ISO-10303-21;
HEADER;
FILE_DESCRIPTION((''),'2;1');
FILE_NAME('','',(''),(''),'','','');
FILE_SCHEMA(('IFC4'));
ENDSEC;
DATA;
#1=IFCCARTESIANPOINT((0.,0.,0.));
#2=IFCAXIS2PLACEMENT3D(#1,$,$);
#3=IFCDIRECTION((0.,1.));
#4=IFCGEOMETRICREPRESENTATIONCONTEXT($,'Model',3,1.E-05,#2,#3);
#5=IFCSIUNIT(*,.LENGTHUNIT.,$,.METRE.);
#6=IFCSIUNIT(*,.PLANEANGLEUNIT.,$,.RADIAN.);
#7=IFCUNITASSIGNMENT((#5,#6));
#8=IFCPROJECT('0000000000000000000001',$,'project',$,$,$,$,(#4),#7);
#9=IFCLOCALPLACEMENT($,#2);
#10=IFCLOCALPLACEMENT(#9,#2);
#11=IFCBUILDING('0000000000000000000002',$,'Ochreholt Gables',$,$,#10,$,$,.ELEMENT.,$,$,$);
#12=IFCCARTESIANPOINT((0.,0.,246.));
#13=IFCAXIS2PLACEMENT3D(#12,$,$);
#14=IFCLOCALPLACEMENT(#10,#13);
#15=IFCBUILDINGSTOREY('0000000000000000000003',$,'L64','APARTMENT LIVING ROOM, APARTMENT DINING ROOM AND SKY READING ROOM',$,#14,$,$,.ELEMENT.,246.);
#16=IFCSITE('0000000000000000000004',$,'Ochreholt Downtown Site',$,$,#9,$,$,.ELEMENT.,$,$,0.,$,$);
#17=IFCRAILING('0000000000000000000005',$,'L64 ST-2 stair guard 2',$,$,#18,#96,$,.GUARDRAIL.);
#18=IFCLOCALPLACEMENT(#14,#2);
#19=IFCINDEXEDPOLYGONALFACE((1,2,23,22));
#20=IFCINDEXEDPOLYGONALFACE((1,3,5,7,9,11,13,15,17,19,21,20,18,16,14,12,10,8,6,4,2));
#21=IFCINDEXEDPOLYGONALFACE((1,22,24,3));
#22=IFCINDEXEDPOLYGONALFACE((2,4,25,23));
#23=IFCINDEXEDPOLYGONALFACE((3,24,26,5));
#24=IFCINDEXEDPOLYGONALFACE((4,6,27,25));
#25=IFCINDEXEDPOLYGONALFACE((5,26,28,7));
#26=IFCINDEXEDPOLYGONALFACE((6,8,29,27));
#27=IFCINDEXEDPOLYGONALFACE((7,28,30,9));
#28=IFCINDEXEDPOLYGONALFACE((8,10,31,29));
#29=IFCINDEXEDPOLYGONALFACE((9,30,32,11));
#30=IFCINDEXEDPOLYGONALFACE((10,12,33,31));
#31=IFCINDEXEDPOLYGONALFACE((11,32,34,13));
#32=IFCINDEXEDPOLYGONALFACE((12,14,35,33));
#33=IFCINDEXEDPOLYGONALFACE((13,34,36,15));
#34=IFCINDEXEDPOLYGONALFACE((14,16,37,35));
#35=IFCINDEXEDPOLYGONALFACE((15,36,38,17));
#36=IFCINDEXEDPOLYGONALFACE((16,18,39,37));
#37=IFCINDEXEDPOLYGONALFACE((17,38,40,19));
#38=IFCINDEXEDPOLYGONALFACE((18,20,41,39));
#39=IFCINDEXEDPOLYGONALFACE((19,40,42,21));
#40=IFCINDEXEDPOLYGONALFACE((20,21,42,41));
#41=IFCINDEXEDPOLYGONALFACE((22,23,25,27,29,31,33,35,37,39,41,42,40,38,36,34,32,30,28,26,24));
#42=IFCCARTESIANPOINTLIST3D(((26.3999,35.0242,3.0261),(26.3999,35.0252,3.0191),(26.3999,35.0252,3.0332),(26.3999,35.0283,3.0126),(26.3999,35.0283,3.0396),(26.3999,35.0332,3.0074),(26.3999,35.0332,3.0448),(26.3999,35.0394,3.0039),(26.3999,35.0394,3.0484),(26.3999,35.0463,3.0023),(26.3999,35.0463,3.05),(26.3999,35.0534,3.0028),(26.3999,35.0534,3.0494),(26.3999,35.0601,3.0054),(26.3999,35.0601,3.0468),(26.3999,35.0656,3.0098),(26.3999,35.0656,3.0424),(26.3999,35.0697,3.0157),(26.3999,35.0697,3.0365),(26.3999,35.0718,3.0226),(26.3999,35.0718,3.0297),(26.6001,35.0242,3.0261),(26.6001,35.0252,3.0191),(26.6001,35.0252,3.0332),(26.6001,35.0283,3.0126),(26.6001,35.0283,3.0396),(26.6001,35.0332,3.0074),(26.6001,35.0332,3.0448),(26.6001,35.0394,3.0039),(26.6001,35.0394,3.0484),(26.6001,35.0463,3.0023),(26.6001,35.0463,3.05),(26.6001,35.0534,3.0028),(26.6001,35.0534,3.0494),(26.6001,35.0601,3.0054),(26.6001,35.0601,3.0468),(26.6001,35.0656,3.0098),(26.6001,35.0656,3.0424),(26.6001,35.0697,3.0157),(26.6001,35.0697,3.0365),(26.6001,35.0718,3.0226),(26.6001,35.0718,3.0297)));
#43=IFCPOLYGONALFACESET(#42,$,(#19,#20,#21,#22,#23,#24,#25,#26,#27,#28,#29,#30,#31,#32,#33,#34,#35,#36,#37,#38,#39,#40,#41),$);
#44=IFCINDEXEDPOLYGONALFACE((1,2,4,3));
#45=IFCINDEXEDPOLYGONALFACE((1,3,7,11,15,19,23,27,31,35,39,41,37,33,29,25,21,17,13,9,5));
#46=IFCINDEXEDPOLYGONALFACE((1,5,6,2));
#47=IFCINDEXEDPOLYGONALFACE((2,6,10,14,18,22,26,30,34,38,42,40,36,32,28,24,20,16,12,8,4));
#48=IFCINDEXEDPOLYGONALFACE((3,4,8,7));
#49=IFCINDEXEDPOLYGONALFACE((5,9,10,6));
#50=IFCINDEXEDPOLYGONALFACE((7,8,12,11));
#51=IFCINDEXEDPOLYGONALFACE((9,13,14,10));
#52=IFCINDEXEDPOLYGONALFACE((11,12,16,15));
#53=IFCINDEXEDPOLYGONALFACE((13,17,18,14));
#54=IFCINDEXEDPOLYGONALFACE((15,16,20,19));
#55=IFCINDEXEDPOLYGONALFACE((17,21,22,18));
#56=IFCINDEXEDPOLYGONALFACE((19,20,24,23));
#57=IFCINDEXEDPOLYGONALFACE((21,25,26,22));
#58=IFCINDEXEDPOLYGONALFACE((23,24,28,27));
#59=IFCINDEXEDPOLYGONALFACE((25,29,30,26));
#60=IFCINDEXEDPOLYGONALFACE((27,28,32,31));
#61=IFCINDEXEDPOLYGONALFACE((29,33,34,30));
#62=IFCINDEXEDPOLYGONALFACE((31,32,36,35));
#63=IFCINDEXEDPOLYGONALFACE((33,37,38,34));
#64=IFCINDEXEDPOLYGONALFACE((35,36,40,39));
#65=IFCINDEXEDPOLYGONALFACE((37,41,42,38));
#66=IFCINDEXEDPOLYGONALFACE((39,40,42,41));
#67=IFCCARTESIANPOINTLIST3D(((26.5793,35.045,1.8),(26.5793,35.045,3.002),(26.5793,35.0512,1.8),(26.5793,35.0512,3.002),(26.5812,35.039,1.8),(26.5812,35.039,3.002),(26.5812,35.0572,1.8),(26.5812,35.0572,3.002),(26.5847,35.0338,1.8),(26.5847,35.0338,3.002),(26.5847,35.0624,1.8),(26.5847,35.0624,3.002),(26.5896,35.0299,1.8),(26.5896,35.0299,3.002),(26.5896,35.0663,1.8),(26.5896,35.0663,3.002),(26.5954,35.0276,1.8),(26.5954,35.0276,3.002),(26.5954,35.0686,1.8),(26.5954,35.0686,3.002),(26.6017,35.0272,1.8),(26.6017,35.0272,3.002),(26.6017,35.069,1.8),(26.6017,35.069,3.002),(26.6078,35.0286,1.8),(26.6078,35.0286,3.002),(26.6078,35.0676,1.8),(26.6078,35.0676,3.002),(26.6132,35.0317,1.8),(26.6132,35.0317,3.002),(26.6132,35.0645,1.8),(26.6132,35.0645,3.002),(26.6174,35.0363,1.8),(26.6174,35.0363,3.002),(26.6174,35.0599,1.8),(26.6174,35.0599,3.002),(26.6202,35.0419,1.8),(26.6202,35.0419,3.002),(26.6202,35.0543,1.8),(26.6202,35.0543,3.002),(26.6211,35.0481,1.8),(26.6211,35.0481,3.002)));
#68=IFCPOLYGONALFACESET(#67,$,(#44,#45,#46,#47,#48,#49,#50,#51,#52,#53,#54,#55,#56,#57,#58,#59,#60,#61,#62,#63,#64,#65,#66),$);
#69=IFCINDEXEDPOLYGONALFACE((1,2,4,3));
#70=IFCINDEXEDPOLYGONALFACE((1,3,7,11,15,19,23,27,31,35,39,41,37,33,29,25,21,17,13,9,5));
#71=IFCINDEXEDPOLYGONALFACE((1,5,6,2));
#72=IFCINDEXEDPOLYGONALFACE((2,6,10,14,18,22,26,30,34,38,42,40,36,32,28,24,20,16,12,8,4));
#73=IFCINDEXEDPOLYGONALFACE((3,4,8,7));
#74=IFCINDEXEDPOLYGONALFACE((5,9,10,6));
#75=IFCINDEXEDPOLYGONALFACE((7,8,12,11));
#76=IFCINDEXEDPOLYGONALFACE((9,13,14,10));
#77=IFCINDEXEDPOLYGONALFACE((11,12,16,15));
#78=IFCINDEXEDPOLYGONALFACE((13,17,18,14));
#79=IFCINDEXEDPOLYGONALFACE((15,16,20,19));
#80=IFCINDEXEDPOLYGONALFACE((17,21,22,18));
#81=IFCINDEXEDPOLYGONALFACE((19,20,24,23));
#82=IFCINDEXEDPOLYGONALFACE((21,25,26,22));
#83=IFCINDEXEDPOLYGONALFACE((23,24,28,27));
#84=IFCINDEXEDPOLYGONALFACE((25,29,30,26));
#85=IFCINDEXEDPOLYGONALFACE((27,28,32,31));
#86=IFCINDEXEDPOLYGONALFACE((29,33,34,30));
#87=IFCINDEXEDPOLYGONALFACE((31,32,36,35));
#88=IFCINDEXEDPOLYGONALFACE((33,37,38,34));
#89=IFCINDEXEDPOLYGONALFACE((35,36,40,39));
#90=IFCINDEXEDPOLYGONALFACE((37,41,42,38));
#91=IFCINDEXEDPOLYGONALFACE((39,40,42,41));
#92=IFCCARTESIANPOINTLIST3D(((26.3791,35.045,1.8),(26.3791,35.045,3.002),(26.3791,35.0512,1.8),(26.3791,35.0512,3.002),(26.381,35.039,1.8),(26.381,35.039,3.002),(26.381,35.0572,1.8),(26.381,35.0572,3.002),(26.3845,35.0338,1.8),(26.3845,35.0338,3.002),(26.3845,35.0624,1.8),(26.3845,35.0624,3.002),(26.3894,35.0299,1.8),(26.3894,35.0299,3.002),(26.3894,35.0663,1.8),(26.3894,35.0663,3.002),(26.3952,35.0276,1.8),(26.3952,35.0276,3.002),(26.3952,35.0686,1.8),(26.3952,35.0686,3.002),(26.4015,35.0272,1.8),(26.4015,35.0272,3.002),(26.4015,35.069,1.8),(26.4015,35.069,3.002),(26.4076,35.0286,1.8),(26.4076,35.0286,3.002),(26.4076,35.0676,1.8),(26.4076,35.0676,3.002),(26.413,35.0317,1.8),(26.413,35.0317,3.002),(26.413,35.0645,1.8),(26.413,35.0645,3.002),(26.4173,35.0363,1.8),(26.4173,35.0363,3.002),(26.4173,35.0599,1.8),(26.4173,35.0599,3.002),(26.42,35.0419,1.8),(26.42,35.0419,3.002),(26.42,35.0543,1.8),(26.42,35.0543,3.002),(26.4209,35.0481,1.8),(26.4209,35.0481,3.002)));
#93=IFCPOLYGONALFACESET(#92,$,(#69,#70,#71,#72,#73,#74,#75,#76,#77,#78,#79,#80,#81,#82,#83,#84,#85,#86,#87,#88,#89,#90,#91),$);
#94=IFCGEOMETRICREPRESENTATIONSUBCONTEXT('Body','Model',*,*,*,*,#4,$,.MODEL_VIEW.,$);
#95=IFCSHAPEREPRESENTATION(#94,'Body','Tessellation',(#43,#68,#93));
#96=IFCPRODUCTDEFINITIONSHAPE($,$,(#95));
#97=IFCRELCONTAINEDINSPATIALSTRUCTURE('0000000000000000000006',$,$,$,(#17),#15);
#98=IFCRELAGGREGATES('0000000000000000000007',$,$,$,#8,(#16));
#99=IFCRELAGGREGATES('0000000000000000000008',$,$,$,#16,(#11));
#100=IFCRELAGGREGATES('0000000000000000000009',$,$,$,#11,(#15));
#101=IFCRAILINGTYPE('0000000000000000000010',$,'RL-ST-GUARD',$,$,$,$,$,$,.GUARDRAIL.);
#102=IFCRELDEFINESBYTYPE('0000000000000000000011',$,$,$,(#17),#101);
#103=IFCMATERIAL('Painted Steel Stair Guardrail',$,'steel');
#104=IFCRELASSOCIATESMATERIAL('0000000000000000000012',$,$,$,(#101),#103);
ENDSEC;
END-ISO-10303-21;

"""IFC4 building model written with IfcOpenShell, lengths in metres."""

from ifc_helpers import new_model, si_unit, direction, frame, origin, origin_2d, place, context, subcontext, project, spatial, circle, extrude, material, type_object, element, save


model = new_model("IFC4")

# Units and contexts
model_context = context("Model", 3, precision=1e-05, world=origin(), true_north=direction((0.0, 1.0)))
body_context = subcontext(model_context, "Body", "Model", "MODEL_VIEW")
ifc_project = project(units=[si_unit("LENGTHUNIT", "METRE"), si_unit("PLANEANGLEUNIT", "RADIAN")], contexts=[model_context])

# Site, building, storey
site_placement = place(None, origin())
site = spatial("IfcSite", under=ifc_project, at=site_placement, Name="Ochreholt Downtown Site", CompositionType="ELEMENT", RefElevation=0.0)
building_placement = place(site_placement, origin())
building = spatial("IfcBuilding", under=site, at=building_placement, Name="Ochreholt Gables", CompositionType="ELEMENT")
storey_placement = place(building_placement, frame((0.0, 0.0, 246.0)))
storey = spatial("IfcBuildingStorey", under=building, at=storey_placement, Name="L64", Description="APARTMENT LIVING ROOM, APARTMENT DINING ROOM AND SKY READING ROOM", CompositionType="ELEMENT", Elevation=246.0)

# Railing
ifc_material_1 = material(Name="Painted Steel Stair Guardrail", Category="steel")
railing_type_1 = type_object("IfcRailingType", Name="RL-ST-GUARD", PredefinedType="GUARDRAIL", material=ifc_material_1)
railing_1_placement = place(storey_placement, frame((26.6001, 35.0481, 1.8)))
element("IfcRailing", 1, at=railing_1_placement, inside=storey, type_object=railing_type_1, Name="L64 ST-2 stair guard 2", PredefinedType="GUARDRAIL", context=body_context, shape_type="SweptSolid", body=[
    extrude(circle(Radius=0.0239, at=origin_2d()), frame((0.0, 0.0, 1.2261), z_axis=(-1.0, 0.0, 0.0), x_axis=(0.0, -1.0, 0.0)), (0.0, 0.0, 1.0), 0.2002),
    extrude(circle(Radius=0.021, at=origin_2d()), origin(), (0.0, 0.0, 1.0), 1.2019),
    extrude(circle(Radius=0.021, at=origin_2d()), frame((-0.2002, 0.0, 0.0)), (0.0, 0.0, 1.0), 1.2019),
])

save(model, "model.ifc")
